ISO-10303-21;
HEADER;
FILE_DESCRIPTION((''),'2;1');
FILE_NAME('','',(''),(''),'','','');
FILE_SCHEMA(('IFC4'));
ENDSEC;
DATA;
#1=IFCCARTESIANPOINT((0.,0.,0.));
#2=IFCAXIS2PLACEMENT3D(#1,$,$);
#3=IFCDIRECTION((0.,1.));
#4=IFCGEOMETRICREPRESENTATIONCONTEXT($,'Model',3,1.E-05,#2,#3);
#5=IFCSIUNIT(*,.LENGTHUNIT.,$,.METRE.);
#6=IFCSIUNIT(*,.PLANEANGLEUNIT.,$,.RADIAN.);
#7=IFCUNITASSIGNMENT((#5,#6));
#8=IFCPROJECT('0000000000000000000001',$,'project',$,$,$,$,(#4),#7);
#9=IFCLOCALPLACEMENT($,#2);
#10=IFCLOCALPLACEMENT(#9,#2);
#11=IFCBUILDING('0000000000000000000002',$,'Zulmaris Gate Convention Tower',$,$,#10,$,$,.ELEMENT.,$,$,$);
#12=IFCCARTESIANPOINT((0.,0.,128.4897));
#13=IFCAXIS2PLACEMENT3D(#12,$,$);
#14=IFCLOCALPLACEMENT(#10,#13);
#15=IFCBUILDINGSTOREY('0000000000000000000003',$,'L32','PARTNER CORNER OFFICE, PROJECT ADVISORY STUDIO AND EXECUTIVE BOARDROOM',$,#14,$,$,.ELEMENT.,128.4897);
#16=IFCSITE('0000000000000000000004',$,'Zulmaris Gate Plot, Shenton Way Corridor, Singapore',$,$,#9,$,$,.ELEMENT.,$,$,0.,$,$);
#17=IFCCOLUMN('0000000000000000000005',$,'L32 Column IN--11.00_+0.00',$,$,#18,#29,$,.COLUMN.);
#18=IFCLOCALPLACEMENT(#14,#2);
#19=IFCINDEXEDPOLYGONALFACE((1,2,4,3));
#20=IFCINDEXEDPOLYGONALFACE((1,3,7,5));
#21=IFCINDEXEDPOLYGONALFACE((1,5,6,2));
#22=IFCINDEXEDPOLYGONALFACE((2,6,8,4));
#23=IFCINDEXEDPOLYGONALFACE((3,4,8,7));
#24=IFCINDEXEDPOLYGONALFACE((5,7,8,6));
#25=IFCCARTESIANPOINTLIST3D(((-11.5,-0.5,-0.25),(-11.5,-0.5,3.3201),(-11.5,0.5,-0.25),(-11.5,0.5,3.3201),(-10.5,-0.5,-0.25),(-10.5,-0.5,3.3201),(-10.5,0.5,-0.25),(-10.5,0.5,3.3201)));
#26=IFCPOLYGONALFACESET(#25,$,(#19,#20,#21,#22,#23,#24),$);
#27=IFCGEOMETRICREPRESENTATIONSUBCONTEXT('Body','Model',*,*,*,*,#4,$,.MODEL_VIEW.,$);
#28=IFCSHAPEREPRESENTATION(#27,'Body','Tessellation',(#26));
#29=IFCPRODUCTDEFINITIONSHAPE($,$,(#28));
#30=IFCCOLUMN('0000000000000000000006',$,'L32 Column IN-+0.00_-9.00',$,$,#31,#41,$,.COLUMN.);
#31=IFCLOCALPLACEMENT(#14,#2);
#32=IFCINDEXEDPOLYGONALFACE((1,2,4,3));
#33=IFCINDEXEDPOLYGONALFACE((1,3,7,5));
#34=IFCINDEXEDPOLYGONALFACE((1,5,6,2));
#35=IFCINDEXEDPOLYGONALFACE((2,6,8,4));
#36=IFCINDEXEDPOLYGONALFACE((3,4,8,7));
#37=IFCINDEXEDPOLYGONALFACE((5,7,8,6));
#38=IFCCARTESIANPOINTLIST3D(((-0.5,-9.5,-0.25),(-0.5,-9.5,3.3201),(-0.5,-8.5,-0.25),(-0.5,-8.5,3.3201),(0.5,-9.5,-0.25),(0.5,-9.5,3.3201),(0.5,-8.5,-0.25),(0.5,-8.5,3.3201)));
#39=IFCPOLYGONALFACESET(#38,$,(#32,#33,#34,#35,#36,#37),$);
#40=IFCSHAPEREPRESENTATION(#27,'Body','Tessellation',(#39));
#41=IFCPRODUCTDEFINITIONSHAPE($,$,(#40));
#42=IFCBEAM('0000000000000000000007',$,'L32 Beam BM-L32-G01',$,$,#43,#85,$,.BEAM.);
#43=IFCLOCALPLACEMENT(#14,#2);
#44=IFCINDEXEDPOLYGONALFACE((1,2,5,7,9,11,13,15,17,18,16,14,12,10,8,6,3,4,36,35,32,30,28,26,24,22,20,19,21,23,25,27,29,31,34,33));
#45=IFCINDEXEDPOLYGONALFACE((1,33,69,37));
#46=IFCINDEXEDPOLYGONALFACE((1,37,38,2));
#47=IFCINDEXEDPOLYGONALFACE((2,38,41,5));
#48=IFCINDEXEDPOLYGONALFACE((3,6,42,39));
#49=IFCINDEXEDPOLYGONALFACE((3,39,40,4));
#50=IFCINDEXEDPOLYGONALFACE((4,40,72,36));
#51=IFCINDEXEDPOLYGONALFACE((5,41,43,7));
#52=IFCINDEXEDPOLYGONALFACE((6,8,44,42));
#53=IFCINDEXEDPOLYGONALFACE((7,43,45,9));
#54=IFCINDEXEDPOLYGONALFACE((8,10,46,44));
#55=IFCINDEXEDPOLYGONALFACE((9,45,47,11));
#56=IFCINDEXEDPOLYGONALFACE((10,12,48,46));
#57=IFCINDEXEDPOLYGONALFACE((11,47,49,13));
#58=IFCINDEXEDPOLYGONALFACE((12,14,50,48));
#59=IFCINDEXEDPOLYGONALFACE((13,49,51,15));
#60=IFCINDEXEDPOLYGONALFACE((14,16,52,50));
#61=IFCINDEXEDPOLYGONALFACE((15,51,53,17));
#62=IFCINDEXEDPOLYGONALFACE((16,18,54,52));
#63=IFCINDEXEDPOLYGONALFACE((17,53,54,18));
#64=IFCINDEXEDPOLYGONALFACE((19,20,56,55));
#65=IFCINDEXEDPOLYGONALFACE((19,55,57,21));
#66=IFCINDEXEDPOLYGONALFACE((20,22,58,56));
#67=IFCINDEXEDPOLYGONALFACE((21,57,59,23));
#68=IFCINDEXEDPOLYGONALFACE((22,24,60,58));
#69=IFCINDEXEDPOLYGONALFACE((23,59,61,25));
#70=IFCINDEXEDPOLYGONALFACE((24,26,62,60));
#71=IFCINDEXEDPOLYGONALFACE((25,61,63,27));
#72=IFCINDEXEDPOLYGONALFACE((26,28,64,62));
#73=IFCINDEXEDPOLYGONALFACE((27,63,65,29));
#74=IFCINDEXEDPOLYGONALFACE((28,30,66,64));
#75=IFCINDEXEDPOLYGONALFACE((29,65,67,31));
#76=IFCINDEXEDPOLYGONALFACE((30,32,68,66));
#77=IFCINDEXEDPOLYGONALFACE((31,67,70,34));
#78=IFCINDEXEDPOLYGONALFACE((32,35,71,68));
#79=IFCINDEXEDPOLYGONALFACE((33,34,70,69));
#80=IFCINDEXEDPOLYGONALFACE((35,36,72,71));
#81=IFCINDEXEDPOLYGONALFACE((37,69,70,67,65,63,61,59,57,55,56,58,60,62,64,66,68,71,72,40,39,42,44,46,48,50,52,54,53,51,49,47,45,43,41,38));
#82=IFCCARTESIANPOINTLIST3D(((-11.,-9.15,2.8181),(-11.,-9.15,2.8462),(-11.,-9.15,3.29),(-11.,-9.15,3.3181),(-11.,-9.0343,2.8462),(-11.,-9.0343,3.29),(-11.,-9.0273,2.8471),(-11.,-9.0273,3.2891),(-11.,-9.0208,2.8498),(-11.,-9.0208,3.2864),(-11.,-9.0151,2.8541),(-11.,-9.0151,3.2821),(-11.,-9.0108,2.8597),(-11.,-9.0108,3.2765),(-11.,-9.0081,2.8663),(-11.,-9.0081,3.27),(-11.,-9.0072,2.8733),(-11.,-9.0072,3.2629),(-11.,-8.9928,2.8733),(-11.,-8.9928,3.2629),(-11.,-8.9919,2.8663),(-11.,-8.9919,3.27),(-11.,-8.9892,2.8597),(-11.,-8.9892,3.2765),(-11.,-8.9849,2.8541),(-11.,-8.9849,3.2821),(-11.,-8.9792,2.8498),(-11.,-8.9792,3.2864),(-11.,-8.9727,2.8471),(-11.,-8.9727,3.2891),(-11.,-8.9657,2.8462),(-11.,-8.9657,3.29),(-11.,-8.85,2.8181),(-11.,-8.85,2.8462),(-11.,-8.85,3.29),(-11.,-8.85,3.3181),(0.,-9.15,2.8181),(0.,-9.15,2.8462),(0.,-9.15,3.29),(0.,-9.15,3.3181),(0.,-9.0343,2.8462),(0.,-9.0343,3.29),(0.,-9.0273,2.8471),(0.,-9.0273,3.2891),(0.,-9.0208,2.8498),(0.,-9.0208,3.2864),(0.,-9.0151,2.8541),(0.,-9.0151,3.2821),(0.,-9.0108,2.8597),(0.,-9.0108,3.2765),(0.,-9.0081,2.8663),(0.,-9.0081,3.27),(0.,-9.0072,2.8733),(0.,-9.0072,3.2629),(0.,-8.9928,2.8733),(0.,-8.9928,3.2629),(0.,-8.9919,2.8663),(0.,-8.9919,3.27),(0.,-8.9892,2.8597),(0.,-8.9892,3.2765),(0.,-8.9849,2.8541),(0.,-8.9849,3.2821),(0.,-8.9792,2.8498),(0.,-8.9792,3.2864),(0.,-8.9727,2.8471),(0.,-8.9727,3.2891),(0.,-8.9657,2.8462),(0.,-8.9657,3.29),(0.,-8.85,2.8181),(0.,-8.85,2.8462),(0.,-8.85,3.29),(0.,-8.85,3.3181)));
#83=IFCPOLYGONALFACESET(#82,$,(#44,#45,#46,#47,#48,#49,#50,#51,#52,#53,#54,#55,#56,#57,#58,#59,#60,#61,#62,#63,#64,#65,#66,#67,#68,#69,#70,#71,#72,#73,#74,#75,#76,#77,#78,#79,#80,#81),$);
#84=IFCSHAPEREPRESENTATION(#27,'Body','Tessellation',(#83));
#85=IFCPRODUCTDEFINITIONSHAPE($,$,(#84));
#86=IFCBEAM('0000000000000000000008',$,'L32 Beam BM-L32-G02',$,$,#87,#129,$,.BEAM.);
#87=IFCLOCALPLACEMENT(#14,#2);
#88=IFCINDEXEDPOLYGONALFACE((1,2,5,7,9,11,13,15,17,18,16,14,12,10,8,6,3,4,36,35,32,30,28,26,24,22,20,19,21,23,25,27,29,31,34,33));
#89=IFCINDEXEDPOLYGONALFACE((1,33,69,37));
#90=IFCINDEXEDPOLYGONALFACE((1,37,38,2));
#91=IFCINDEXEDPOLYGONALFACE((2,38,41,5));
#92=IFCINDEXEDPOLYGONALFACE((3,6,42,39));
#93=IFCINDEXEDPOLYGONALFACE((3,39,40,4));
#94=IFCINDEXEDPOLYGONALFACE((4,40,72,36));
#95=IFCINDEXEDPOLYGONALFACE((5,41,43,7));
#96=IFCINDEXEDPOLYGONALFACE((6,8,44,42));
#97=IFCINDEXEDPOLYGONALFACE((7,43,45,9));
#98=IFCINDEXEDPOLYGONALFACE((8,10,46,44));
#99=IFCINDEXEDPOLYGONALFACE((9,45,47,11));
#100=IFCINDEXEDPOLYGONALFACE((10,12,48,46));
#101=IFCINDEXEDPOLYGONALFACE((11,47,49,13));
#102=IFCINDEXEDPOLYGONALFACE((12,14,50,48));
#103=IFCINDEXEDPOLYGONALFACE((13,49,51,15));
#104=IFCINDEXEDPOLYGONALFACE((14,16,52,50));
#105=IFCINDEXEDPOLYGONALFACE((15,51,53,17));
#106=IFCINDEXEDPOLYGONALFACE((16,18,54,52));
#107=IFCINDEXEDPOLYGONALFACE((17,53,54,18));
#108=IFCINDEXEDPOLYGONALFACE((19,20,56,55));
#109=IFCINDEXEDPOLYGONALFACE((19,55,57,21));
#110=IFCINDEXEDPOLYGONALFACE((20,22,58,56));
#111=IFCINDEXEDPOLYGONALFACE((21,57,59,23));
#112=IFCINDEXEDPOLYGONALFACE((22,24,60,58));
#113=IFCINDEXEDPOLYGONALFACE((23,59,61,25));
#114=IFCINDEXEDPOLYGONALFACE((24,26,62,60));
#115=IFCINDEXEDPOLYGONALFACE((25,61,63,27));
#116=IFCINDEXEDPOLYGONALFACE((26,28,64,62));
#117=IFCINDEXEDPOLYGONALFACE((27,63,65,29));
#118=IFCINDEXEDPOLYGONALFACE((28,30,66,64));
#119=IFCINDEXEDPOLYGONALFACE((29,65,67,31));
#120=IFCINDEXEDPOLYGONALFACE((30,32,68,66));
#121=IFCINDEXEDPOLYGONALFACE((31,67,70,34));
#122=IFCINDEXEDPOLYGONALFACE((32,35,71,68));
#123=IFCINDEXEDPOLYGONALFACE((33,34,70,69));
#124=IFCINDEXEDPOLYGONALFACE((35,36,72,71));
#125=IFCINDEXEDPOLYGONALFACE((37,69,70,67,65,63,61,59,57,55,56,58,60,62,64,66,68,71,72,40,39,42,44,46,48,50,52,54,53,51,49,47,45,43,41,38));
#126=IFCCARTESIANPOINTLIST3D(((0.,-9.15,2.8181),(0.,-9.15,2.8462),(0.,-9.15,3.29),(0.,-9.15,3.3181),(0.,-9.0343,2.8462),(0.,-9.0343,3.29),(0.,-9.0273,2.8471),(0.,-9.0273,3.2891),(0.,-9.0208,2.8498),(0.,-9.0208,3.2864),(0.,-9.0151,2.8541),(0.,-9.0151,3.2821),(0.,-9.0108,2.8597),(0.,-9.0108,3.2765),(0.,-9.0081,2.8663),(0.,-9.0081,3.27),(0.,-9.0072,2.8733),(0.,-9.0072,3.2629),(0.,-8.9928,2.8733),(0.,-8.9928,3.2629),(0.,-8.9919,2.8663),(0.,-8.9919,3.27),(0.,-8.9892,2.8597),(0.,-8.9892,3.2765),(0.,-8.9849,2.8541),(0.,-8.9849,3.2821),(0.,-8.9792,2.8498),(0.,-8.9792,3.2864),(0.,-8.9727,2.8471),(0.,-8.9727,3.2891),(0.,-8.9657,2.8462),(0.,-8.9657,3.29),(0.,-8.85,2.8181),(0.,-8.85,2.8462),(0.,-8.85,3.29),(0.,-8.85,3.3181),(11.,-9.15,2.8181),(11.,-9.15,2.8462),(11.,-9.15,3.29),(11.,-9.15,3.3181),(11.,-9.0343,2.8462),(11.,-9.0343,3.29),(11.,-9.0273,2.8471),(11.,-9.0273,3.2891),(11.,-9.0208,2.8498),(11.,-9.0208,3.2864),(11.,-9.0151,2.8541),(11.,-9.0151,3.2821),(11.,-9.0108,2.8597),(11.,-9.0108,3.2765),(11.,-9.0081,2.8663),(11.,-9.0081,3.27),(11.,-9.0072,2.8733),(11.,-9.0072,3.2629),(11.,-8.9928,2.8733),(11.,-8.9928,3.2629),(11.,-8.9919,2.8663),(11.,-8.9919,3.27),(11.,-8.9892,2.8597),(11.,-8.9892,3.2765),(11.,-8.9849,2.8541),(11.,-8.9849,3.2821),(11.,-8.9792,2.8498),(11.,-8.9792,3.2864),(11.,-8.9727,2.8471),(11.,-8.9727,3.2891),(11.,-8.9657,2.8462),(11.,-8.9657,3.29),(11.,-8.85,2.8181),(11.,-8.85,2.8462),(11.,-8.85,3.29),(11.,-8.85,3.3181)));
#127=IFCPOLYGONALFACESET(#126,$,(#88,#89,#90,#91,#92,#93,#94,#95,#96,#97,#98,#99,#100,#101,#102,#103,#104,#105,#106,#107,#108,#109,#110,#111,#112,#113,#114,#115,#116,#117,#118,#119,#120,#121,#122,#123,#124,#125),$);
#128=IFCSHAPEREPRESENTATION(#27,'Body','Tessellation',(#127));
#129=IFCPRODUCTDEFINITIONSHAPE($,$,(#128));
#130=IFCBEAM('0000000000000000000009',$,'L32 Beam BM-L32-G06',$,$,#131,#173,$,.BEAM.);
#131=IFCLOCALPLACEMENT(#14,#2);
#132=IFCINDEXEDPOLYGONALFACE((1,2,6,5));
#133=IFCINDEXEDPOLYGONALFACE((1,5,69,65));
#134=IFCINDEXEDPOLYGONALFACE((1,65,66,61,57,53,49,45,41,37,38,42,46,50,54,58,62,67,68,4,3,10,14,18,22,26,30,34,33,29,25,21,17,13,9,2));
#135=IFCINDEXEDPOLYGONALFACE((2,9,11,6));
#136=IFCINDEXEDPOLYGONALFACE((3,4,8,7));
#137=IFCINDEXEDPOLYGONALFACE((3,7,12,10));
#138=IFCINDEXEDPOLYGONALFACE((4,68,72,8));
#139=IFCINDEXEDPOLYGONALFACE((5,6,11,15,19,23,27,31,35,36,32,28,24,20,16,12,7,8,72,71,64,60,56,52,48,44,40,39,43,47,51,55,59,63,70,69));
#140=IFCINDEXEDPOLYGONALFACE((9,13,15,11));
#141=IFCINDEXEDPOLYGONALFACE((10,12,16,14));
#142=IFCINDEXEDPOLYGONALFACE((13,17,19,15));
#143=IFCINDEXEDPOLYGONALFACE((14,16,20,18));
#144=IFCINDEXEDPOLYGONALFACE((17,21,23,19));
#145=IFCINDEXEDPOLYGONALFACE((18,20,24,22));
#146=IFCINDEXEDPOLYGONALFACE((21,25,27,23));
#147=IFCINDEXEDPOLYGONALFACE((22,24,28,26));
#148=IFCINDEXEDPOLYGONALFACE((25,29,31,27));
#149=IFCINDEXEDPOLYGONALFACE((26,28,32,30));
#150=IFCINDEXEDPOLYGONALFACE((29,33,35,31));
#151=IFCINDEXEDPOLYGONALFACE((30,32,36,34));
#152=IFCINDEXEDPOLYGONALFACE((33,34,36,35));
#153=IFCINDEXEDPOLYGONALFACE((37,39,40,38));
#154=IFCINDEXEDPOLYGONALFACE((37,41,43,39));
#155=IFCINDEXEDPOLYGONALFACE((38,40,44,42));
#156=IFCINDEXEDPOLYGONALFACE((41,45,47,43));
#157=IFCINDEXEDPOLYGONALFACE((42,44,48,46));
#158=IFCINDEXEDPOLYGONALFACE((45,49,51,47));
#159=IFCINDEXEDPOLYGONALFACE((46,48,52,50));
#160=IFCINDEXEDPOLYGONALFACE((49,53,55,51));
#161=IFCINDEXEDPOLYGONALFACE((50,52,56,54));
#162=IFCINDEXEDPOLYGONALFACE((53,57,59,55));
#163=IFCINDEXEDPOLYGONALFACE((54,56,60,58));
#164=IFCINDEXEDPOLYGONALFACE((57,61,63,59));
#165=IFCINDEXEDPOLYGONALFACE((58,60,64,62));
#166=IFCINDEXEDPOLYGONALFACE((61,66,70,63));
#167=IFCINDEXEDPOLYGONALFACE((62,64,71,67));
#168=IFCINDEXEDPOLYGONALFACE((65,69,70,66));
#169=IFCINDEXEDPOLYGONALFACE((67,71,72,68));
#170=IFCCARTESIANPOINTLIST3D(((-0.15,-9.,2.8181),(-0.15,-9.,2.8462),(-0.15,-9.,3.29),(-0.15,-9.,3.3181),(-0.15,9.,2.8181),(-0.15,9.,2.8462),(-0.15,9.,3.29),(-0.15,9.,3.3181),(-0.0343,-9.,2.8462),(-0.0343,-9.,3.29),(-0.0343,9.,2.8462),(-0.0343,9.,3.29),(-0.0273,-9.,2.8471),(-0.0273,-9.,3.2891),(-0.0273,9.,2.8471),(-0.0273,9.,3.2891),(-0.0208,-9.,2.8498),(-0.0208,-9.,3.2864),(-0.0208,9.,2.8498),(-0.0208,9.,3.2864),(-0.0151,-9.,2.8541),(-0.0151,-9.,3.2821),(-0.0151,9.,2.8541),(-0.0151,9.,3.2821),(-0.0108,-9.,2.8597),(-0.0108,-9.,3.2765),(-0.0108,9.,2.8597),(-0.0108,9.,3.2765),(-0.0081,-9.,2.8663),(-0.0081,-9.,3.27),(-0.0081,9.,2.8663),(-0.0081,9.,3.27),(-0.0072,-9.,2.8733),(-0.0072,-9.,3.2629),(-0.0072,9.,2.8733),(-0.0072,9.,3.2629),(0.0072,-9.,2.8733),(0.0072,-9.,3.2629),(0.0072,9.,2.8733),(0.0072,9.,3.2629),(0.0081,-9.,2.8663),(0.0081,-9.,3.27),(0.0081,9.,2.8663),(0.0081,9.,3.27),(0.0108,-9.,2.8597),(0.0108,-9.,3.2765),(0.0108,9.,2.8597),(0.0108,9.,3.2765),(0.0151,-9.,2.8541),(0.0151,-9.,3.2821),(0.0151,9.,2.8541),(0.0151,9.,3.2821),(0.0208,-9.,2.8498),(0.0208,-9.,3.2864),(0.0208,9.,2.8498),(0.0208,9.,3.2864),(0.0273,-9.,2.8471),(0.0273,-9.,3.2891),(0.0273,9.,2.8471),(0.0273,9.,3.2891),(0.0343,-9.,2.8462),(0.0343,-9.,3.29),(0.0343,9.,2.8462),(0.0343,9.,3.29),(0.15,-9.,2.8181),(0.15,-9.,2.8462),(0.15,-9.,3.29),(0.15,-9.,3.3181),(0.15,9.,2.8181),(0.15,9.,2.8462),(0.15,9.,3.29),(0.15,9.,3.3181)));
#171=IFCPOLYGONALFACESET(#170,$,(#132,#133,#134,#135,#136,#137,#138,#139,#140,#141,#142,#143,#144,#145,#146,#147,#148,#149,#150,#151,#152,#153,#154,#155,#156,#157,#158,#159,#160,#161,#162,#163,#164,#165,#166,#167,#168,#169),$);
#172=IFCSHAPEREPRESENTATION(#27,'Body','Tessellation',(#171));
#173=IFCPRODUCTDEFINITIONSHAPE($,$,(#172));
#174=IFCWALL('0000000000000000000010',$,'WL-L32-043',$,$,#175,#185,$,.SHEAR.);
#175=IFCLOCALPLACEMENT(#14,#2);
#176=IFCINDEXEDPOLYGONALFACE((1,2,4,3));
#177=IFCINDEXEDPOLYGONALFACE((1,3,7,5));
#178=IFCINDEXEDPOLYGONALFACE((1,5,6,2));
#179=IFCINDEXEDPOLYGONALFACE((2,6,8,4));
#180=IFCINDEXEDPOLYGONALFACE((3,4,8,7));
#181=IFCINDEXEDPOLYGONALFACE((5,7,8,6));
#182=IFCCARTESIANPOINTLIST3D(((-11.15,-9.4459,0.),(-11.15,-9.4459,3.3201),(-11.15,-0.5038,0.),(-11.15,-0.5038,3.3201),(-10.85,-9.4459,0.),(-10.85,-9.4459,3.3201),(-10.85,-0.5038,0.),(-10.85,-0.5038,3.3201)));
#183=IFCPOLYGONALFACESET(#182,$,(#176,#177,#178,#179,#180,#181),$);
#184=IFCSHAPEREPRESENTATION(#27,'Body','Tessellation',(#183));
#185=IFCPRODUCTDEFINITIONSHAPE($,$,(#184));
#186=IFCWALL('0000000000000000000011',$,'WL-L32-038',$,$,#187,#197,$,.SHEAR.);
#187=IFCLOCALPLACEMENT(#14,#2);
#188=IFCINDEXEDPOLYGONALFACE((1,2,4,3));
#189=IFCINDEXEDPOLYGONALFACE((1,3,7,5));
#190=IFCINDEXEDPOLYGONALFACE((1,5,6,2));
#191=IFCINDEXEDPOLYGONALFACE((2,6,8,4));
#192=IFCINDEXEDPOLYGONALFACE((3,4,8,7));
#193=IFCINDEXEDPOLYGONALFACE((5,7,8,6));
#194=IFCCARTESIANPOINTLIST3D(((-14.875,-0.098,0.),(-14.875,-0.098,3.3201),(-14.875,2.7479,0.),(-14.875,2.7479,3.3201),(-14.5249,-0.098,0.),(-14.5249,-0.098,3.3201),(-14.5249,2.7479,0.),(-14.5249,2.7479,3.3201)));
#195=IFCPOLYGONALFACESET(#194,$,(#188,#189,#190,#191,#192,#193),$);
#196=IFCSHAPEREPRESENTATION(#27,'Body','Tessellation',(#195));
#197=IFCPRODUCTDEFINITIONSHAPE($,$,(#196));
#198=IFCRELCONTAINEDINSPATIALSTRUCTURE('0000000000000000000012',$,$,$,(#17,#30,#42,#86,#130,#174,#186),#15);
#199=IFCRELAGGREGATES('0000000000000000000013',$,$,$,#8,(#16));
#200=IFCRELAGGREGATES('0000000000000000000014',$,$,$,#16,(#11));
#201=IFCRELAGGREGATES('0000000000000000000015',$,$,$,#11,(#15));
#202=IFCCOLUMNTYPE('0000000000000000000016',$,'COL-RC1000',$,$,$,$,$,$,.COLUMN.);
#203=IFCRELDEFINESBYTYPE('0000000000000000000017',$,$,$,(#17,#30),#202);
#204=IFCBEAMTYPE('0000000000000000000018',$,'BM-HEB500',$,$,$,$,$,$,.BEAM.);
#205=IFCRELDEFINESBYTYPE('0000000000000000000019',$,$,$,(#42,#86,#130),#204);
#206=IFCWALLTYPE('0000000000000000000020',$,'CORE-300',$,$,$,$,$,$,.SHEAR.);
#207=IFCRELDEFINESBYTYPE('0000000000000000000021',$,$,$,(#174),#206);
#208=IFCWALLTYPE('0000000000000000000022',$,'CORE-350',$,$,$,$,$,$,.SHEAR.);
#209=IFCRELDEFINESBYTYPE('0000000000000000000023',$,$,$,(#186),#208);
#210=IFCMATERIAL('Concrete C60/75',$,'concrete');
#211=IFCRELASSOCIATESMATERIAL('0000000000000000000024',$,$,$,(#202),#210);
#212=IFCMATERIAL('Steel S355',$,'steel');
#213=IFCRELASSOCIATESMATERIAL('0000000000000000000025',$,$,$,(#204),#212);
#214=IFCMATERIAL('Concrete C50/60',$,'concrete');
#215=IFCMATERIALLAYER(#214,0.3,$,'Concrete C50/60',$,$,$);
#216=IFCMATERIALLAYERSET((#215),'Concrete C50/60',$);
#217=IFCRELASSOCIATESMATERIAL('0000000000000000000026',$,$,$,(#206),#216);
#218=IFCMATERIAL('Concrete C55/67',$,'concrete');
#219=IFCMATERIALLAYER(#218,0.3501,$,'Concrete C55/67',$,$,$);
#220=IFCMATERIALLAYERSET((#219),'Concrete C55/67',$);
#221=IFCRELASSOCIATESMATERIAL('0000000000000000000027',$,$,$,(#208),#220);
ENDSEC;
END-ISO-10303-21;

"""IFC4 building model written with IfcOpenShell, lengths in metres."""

from ifc_helpers import new_model, si_unit, direction, frame, frame_2d, origin, origin_2d, place, context, subcontext, project, spatial, rectangle, i_section, extrude, material, layer, layer_set, material_profile, profile_set, type_object, element, save


model = new_model("IFC4")

# Units and contexts
model_context = context("Model", 3, precision=1e-05, world=origin(), true_north=direction((0.0, 1.0)))
body_context = subcontext(model_context, "Body", "Model", "MODEL_VIEW")
ifc_project = project(units=[si_unit("LENGTHUNIT", "METRE"), si_unit("PLANEANGLEUNIT", "RADIAN")], contexts=[model_context])

# Site, building, storey
site_placement = place(None, origin())
site = spatial("IfcSite", under=ifc_project, at=site_placement, Name="Zulmaris Gate Plot, Shenton Way Corridor, Singapore", CompositionType="ELEMENT", RefElevation=0.0)
building_placement = place(site_placement, origin())
building = spatial("IfcBuilding", under=site, at=building_placement, Name="Zulmaris Gate Convention Tower", CompositionType="ELEMENT")
storey_placement = place(building_placement, frame((0.0, 0.0, 128.4897)))
storey = spatial("IfcBuildingStorey", under=building, at=storey_placement, Name="L32", Description="PARTNER CORNER OFFICE, PROJECT ADVISORY STUDIO AND EXECUTIVE BOARDROOM", CompositionType="ELEMENT", Elevation=128.4897)

# Columns
ifc_material_1 = material(Name="Concrete C60/75", Category="concrete")
ifc_material_profile_1 = material_profile(ifc_material_1, rectangle(XDim=1.0, YDim=1.0, at=origin_2d()), Name="RC COL 1000x1000")
ifc_profile_set_1 = profile_set([ifc_material_profile_1], Name="Concrete C60/75")
column_type = type_object("IfcColumnType", Name="COL-RC1000", PredefinedType="COLUMN", material=ifc_profile_set_1)
for number, where, z_axis, x_axis, name in (
    (1, (-11.0, 0.0, -0.25), (0.0, 0.0, 1.0), (1.0, 0.0, 0.0), "L32 Column IN--11.00_+0.00"),
    (2, (0.0, -9.0, -0.25), (0.0, 0.0, 1.0), (1.0, 0.0, 0.0), "L32 Column IN-+0.00_-9.00"),
):
    element("IfcColumn", number, at=place(storey_placement, frame(where, z_axis=z_axis, x_axis=x_axis)), inside=storey, type_object=column_type, Name=name, PredefinedType="COLUMN", context=body_context, shape_type="SweptSolid", body=[
        extrude(rectangle(XDim=1.0, YDim=1.0, at=origin_2d()), origin(), (0.0, 0.0, 1.0), 3.5701),
    ])

# Beams
ifc_material_2 = material(Name="Steel S355", Category="steel")
ifc_material_profile_2 = material_profile(ifc_material_2, i_section(OverallWidth=0.3, OverallDepth=0.5, WebThickness=0.0144, FlangeThickness=0.0281, FilletRadius=0.0271, at=origin_2d()), Name="HEB 500")
ifc_profile_set_2 = profile_set([ifc_material_profile_2], Name="Steel S355")
beam_type = type_object("IfcBeamType", Name="BM-HEB500", PredefinedType="BEAM", material=ifc_profile_set_2)
for number, where, z_axis, x_axis, name in (
    (3, (-11.0, -9.0, 3.0681), (1.0, 0.0, 0.0), (0.0, 1.0, 0.0), "L32 Beam BM-L32-G01"),
    (4, (0.0, -9.0, 3.0681), (1.0, 0.0, 0.0), (0.0, 1.0, 0.0), "L32 Beam BM-L32-G02"),
):
    element("IfcBeam", number, at=place(storey_placement, frame(where, z_axis=z_axis, x_axis=x_axis)), inside=storey, type_object=beam_type, Name=name, PredefinedType="BEAM", context=body_context, shape_type="SweptSolid", body=[
        extrude(i_section(OverallWidth=0.3, OverallDepth=0.5, WebThickness=0.0144, FlangeThickness=0.0281, FilletRadius=0.0271, at=origin_2d()), origin(), (0.0, 0.0, 1.0), 11.0),
    ])
beam_placement = place(storey_placement, frame((0.0, -9.0, 3.0681), z_axis=(0.0, 1.0, 0.0), x_axis=(-1.0, 0.0, 0.0)))
element("IfcBeam", 5, at=beam_placement, inside=storey, type_object=beam_type, Name="L32 Beam BM-L32-G06", PredefinedType="BEAM", context=body_context, shape_type="SweptSolid", body=[
    extrude(i_section(OverallWidth=0.3, OverallDepth=0.5, WebThickness=0.0144, FlangeThickness=0.0281, FilletRadius=0.0271, at=origin_2d()), origin(), (0.0, 0.0, 1.0), 18.0),
])

# Walls
ifc_material_3 = material(Name="Concrete C50/60", Category="concrete")
ifc_layer_1 = layer(ifc_material_3, 0.3, Name="Concrete C50/60")
ifc_layer_set_1 = layer_set([ifc_layer_1], Name="Concrete C50/60")
wall_type_1 = type_object("IfcWallType", Name="CORE-300", PredefinedType="SHEAR", material=ifc_layer_set_1)
wall_1_placement = place(storey_placement, frame((-11.0, -9.446, 0.0), z_axis=(0.0, 0.0, 1.0), x_axis=(0.0, 1.0, 0.0)))
element("IfcWall", 6, at=wall_1_placement, inside=storey, type_object=wall_type_1, Name="WL-L32-043", PredefinedType="SHEAR", context=body_context, shape_type="SweptSolid", body=[
    extrude(rectangle(XDim=8.9421, YDim=0.3, at=frame_2d((4.4712, 0.0))), origin(), (0.0, 0.0, 1.0), 3.3201),
])
ifc_material_4 = material(Name="Concrete C55/67", Category="concrete")
ifc_layer_2 = layer(ifc_material_4, 0.3501, Name="Concrete C55/67")
ifc_layer_set_2 = layer_set([ifc_layer_2], Name="Concrete C55/67")
wall_type_2 = type_object("IfcWallType", Name="CORE-350", PredefinedType="SHEAR", material=ifc_layer_set_2)
wall_2_placement = place(storey_placement, frame((-14.7, -0.0979, 0.0), z_axis=(0.0, 0.0, 1.0), x_axis=(0.0, 1.0, 0.0)))
element("IfcWall", 7, at=wall_2_placement, inside=storey, type_object=wall_type_2, Name="WL-L32-038", PredefinedType="SHEAR", context=body_context, shape_type="SweptSolid", body=[
    extrude(rectangle(XDim=2.8459, YDim=0.3501, at=frame_2d((1.4229, 0.0))), origin(), (0.0, 0.0, 1.0), 3.3201),
])

save(model, "model.ifc")
